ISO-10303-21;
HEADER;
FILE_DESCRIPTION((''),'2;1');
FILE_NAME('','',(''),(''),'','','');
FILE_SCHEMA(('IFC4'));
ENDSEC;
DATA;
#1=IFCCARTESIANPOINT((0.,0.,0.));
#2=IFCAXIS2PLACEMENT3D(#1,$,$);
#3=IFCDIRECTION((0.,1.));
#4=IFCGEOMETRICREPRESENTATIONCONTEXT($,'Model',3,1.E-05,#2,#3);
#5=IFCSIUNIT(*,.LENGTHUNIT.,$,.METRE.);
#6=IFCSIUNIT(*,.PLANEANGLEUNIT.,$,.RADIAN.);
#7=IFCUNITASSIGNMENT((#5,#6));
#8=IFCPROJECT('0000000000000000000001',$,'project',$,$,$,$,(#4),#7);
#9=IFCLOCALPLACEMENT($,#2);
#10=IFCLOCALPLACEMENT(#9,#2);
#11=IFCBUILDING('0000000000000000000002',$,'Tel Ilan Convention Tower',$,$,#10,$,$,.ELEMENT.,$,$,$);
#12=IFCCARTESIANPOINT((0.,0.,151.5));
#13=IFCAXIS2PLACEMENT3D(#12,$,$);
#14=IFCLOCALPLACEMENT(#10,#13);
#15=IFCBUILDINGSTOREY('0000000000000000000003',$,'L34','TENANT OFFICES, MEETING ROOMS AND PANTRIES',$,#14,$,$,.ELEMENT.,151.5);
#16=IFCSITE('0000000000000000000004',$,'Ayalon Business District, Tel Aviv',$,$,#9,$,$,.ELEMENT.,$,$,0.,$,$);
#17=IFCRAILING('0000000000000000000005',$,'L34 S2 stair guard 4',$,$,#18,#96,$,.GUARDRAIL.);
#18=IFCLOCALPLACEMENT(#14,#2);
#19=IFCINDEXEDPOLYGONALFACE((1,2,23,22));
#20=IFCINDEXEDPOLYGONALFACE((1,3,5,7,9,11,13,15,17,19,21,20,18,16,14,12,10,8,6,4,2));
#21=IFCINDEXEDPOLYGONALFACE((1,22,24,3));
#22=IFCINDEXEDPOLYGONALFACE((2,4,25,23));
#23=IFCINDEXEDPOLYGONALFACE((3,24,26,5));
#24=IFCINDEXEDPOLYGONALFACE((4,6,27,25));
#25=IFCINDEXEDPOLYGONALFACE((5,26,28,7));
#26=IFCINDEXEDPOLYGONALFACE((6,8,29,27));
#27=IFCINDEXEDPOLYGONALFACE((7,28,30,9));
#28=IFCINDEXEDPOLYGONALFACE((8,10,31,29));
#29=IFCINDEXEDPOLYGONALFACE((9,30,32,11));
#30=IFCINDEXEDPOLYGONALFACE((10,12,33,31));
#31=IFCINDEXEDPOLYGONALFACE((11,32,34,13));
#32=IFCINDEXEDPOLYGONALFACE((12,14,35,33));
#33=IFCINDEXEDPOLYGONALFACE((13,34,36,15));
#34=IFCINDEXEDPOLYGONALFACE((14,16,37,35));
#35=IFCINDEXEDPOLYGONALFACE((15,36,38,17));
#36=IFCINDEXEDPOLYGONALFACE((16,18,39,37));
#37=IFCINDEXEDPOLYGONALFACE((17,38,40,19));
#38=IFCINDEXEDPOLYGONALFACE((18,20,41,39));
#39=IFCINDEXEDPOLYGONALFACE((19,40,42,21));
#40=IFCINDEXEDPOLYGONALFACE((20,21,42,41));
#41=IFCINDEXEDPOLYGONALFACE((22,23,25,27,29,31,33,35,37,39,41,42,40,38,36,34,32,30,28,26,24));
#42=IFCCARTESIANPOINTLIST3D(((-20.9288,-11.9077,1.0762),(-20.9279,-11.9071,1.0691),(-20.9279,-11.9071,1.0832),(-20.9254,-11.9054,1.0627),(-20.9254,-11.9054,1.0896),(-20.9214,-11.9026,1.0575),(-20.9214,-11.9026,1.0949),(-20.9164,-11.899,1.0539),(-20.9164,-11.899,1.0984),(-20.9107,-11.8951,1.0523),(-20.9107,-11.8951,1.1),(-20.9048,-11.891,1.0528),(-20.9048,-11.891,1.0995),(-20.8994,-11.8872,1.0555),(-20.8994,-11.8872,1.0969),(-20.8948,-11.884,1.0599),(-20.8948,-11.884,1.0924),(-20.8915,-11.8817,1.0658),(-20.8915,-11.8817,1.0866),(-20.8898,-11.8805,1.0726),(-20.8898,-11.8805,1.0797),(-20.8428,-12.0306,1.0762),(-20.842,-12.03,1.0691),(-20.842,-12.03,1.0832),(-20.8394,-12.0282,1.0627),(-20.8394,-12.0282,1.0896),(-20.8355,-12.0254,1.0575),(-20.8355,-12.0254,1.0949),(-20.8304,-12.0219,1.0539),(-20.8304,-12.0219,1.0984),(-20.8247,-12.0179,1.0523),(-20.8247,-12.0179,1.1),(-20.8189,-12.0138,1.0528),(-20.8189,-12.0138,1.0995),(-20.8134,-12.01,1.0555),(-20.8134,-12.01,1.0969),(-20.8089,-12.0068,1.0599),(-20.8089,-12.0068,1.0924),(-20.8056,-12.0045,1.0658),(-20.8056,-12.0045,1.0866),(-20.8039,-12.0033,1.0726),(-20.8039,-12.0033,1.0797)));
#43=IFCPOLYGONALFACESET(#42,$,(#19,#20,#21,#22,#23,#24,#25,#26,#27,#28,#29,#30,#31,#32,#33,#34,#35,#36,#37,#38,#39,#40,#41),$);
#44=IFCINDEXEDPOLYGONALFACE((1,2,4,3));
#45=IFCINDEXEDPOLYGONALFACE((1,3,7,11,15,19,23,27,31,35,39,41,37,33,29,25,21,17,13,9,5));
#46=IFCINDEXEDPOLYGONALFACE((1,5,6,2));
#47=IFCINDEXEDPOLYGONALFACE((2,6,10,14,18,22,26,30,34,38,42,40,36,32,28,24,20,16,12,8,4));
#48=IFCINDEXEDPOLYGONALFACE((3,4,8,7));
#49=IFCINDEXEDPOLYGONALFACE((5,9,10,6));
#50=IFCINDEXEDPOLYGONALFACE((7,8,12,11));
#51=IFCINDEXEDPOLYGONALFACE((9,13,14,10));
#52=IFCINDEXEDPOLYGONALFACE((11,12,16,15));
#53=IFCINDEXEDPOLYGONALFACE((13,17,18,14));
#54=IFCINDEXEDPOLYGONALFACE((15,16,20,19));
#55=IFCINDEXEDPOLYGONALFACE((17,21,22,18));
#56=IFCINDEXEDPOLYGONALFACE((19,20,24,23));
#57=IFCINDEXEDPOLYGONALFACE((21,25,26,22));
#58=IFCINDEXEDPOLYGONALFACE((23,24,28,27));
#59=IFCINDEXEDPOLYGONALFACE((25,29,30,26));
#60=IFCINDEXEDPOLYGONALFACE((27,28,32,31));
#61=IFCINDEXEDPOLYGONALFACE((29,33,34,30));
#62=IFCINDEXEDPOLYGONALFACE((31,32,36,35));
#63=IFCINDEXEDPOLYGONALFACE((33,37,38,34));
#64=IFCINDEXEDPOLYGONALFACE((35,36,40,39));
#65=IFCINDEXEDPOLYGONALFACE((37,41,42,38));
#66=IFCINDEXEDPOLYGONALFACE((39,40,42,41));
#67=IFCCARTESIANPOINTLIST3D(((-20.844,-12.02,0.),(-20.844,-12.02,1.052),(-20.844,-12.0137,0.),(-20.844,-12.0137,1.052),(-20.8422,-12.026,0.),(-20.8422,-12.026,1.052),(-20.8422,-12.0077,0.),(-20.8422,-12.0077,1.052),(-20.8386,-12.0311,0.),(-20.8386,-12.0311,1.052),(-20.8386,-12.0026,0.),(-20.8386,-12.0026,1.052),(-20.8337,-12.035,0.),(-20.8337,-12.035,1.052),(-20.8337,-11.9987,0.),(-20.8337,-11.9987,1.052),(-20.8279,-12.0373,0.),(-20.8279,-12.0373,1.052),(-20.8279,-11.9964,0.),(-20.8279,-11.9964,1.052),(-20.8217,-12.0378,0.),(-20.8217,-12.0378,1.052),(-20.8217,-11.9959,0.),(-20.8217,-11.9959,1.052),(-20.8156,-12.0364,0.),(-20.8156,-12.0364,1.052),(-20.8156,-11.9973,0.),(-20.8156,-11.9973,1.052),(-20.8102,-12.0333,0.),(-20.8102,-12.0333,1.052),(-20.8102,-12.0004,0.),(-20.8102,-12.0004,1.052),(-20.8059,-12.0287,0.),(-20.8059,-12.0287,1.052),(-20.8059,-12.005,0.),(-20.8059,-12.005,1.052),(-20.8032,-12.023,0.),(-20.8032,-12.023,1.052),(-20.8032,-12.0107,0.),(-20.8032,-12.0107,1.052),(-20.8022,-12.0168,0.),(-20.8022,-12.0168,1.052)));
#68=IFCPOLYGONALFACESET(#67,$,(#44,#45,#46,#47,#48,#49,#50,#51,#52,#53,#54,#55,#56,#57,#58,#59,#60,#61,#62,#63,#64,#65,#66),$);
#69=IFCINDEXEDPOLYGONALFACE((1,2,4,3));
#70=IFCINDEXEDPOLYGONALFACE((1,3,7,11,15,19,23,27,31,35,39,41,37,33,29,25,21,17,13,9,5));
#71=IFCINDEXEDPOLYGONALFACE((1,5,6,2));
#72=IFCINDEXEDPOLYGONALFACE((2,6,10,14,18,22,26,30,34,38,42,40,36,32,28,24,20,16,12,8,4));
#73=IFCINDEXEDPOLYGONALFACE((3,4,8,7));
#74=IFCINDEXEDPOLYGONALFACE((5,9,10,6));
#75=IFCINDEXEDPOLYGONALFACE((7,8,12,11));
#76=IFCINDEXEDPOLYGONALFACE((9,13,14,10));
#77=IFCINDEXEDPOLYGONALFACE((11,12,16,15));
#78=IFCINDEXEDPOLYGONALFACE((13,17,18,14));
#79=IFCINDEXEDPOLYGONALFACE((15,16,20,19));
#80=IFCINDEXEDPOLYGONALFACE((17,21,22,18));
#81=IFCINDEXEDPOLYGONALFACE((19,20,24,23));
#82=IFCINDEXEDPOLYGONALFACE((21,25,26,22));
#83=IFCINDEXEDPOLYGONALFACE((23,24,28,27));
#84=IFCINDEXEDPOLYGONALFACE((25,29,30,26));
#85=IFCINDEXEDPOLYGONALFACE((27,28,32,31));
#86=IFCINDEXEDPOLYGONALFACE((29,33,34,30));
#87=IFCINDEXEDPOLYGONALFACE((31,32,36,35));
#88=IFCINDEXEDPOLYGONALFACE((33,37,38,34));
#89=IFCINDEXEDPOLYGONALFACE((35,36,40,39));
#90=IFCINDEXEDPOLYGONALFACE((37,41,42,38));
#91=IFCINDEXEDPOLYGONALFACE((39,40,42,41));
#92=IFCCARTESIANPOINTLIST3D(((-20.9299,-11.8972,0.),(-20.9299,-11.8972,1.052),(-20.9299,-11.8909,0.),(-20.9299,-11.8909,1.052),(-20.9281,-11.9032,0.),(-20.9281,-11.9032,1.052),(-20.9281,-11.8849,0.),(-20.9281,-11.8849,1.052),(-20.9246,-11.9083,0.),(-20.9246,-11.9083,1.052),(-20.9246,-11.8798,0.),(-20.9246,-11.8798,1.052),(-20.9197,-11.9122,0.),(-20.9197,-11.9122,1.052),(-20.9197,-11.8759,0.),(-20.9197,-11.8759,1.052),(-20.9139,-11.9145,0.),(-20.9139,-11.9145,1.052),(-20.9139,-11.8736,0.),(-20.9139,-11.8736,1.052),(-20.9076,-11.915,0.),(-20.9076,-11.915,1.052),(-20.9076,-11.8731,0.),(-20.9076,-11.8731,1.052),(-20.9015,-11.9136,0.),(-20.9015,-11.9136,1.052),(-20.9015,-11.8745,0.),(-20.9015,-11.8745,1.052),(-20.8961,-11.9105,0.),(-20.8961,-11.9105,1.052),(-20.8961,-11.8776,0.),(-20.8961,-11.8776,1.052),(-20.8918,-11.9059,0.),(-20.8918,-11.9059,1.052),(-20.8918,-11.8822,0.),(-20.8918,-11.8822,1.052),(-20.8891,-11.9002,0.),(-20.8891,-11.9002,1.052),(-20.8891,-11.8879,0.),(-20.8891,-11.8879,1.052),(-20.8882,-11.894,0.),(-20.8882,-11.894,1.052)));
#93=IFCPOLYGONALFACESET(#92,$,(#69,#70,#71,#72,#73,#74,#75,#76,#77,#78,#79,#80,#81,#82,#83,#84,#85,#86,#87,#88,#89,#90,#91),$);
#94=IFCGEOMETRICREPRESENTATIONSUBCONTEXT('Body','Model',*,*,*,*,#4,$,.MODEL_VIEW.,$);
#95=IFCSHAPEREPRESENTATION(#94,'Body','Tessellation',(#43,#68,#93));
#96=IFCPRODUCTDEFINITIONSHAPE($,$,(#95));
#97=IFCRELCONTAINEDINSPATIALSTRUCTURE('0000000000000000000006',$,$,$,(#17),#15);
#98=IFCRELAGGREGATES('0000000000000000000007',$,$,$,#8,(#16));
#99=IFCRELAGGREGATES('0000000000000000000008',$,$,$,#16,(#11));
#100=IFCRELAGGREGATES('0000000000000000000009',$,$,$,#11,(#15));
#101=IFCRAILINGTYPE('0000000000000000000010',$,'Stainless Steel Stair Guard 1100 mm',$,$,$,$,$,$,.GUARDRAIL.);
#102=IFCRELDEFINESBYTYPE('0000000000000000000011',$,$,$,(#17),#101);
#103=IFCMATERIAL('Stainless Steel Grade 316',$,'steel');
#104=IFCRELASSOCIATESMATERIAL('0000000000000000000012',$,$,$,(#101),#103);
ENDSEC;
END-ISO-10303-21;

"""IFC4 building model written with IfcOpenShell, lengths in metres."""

from ifc_helpers import new_model, si_unit, direction, frame, origin, origin_2d, place, context, subcontext, project, spatial, circle, extrude, material, type_object, element, save


model = new_model("IFC4")

# Units and contexts
model_context = context("Model", 3, precision=1e-05, world=origin(), true_north=direction((0.0, 1.0)))
body_context = subcontext(model_context, "Body", "Model", "MODEL_VIEW")
ifc_project = project(units=[si_unit("LENGTHUNIT", "METRE"), si_unit("PLANEANGLEUNIT", "RADIAN")], contexts=[model_context])

# Site, building, storey
site_placement = place(None, origin())
site = spatial("IfcSite", under=ifc_project, at=site_placement, Name="Ayalon Business District, Tel Aviv", CompositionType="ELEMENT", RefElevation=0.0)
building_placement = place(site_placement, origin())
building = spatial("IfcBuilding", under=site, at=building_placement, Name="Tel Ilan Convention Tower", CompositionType="ELEMENT")
storey_placement = place(building_placement, frame((0.0, 0.0, 151.5)))
storey = spatial("IfcBuildingStorey", under=building, at=storey_placement, Name="L34", Description="TENANT OFFICES, MEETING ROOMS AND PANTRIES", CompositionType="ELEMENT", Elevation=151.5)

# Railing
ifc_material_1 = material(Name="Stainless Steel Grade 316", Category="steel")
railing_type_1 = type_object("IfcRailingType", Name="Stainless Steel Stair Guard 1100 mm", PredefinedType="GUARDRAIL", material=ifc_material_1)
railing_1_placement = place(storey_placement, frame((-20.8232, -12.0168, 0.0)))
element("IfcRailing", 1, at=railing_1_placement, inside=storey, type_object=railing_type_1, Name="L34 S2 stair guard 4", PredefinedType="GUARDRAIL", context=body_context, shape_type="SweptSolid", body=[
    extrude(circle(Radius=0.0239, at=origin_2d()), frame((0.0, 0.0, 1.0762), z_axis=(-0.573353, 0.819308, 0.0), x_axis=(-0.819308, -0.573353, 0.0)), (0.0, 0.0, 1.0), 0.1499),
    extrude(circle(Radius=0.021, at=origin_2d()), origin(), (0.0, 0.0, 1.0), 1.052),
    extrude(circle(Radius=0.021, at=origin_2d()), frame((-0.0859, 0.1228, 0.0)), (0.0, 0.0, 1.0), 1.052),
])

save(model, "model.ifc")
